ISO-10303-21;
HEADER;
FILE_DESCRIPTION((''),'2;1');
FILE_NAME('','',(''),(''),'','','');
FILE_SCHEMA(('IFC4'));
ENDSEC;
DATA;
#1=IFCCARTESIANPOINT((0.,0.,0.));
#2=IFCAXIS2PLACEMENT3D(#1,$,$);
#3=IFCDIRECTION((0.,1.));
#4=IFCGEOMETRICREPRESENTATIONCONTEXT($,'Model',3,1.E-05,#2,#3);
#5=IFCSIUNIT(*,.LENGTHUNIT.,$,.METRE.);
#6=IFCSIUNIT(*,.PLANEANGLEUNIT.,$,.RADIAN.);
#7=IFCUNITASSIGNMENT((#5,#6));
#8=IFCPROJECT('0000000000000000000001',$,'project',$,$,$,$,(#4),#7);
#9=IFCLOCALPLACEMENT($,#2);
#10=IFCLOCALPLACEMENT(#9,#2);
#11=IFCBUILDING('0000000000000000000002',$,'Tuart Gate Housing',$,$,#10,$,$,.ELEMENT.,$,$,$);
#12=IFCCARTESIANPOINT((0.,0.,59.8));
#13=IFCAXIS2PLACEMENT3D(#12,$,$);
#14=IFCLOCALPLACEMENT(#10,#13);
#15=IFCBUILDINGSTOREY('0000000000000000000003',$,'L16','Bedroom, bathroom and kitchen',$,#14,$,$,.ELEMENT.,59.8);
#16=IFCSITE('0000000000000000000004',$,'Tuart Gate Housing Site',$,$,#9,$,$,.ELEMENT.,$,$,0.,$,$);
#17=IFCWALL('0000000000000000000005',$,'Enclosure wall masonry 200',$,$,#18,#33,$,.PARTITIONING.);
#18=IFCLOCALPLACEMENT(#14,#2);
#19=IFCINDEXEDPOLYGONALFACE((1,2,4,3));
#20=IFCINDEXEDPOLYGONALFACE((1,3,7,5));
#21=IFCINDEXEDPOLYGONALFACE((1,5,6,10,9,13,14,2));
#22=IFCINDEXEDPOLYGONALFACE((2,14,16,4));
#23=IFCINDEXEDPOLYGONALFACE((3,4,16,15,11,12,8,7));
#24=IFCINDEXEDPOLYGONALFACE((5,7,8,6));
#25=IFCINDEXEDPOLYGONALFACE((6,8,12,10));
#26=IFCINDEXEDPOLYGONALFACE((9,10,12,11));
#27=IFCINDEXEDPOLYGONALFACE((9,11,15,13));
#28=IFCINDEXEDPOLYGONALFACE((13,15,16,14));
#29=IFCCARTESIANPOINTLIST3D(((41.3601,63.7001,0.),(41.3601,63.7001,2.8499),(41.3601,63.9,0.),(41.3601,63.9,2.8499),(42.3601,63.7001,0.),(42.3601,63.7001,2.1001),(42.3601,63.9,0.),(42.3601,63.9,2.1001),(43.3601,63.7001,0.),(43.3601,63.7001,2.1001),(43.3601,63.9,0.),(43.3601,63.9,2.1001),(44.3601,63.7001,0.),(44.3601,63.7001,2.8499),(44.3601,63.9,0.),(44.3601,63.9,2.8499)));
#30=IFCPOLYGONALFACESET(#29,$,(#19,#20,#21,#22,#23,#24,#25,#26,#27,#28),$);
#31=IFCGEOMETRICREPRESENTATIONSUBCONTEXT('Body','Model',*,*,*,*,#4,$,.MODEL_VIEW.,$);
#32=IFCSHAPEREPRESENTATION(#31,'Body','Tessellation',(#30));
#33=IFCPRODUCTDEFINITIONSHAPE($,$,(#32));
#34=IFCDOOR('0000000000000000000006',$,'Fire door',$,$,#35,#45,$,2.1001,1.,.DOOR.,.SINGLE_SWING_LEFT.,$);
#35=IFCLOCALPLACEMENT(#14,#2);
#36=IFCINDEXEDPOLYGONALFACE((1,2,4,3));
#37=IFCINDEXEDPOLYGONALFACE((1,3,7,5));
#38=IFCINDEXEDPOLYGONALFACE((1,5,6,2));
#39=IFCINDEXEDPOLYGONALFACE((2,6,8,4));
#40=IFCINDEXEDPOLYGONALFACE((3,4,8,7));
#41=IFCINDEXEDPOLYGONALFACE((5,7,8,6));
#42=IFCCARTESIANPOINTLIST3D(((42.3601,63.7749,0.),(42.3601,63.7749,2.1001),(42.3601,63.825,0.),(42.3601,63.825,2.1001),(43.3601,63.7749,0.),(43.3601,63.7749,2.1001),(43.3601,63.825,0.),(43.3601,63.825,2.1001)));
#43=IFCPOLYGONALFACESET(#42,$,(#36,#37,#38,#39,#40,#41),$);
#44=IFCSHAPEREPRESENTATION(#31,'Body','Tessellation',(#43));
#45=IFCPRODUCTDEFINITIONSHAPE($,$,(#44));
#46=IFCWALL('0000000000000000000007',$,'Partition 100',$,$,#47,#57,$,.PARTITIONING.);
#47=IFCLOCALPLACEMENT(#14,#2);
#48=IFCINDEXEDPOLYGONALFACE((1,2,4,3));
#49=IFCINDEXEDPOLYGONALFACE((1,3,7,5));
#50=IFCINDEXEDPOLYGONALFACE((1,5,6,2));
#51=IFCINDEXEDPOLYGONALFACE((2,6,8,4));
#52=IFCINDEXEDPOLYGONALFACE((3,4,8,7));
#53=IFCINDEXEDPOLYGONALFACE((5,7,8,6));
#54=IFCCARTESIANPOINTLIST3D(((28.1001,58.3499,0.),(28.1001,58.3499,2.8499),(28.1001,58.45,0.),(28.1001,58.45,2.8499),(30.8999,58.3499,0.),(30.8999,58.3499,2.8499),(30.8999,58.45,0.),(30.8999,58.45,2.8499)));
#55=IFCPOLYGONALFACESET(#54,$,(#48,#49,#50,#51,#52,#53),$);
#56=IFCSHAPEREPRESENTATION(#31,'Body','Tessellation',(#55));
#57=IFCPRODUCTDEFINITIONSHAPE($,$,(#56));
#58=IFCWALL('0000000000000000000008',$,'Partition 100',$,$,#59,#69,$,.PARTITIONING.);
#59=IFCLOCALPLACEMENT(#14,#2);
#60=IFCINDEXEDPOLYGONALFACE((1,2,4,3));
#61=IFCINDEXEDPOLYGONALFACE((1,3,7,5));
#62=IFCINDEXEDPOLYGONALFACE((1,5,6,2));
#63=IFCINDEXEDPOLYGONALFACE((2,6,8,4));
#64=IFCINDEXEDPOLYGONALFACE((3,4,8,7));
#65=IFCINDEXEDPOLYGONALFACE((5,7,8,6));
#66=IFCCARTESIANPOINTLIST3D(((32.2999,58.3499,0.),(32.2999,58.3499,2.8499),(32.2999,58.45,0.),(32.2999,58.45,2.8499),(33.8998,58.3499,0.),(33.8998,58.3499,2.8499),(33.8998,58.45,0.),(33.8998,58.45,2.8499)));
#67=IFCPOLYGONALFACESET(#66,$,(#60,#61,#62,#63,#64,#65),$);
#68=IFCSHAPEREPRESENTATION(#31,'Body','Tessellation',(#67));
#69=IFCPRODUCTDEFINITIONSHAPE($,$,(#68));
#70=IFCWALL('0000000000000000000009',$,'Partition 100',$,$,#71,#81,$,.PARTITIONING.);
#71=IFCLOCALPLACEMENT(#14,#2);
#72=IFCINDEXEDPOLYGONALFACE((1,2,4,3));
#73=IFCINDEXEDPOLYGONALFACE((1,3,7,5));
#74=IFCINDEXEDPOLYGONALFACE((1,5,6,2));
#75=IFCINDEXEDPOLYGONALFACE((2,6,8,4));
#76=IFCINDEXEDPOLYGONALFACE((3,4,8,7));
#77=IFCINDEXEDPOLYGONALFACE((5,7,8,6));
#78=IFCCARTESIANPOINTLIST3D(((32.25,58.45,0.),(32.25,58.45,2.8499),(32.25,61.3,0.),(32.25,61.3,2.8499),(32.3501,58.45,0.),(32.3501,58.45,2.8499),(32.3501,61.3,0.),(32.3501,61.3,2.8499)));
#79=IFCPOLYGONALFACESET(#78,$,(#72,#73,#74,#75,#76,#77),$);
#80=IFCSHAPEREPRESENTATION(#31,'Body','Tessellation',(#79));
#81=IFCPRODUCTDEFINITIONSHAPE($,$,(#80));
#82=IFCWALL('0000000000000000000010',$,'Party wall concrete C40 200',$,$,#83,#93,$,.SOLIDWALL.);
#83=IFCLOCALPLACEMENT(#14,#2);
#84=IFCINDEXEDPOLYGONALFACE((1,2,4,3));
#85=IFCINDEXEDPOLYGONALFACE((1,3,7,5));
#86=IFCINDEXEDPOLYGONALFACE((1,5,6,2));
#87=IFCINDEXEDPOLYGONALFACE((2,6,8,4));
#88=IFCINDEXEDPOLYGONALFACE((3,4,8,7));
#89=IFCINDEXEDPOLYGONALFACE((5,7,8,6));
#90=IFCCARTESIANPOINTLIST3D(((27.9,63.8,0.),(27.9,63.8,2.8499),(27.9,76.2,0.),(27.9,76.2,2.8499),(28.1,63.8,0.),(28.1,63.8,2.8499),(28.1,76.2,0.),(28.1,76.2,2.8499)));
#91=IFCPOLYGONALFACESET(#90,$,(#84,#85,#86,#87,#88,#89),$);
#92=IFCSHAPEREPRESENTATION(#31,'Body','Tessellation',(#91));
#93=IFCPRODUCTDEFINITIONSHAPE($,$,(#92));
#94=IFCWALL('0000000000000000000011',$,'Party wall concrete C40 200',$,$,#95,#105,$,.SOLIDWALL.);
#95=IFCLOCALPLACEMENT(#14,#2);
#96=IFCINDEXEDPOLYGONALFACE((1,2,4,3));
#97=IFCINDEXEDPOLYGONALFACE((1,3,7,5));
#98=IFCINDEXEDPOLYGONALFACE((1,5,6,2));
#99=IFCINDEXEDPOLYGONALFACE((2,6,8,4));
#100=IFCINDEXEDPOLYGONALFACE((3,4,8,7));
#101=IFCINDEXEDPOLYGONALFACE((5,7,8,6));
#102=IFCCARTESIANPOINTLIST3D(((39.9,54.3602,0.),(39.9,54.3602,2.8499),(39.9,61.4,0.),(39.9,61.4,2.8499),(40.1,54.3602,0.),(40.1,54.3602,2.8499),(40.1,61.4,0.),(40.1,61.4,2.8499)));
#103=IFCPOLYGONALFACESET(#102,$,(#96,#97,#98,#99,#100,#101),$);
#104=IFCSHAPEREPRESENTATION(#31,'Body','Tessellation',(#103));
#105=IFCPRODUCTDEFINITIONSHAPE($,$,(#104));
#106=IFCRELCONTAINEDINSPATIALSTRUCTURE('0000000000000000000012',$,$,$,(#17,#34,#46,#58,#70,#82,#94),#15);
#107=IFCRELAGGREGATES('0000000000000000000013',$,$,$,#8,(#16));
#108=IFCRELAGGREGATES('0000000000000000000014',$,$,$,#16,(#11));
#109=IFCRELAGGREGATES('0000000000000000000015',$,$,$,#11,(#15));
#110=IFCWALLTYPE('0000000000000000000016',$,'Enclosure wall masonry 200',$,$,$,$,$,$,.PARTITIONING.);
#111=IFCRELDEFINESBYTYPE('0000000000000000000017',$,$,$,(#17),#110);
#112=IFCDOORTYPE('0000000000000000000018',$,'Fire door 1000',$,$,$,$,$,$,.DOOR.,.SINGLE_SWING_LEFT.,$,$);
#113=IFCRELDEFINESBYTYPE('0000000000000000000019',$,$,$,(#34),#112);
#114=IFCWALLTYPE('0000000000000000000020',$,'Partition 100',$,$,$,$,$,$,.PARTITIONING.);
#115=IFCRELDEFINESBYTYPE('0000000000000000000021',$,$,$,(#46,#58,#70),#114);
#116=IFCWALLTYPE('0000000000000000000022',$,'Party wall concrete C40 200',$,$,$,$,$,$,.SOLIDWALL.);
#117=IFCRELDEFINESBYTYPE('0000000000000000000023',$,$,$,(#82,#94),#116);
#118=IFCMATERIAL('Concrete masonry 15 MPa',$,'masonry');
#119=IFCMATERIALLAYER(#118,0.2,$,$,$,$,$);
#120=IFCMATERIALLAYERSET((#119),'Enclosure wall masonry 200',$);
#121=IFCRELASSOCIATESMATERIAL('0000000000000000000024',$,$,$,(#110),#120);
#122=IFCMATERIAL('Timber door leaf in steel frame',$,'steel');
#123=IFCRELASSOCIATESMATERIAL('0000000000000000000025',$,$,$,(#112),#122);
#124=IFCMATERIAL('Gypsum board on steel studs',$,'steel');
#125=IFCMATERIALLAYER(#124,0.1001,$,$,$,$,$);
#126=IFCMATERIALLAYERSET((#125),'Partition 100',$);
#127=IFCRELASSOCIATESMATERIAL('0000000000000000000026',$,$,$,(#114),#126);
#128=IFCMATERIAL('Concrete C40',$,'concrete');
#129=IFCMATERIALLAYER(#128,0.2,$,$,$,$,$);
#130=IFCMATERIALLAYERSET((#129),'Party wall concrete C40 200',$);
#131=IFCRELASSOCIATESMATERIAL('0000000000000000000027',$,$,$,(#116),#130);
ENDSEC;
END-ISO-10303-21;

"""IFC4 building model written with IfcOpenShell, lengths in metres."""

from ifc_helpers import new_model, si_unit, direction, frame, frame_2d, origin, place, context, subcontext, project, spatial, rectangle, extrude, material, layer, layer_set, type_object, element, fill, save


model = new_model("IFC4")

# Units and contexts
model_context = context("Model", 3, precision=1e-05, world=origin(), true_north=direction((0.0, 1.0)))
body_context = subcontext(model_context, "Body", "Model", "MODEL_VIEW")
ifc_project = project(units=[si_unit("LENGTHUNIT", "METRE"), si_unit("PLANEANGLEUNIT", "RADIAN")], contexts=[model_context])

# Site, building, storey
site_placement = place(None, origin())
site = spatial("IfcSite", under=ifc_project, at=site_placement, Name="Tuart Gate Housing Site", CompositionType="ELEMENT", RefElevation=0.0)
building_placement = place(site_placement, origin())
building = spatial("IfcBuilding", under=site, at=building_placement, Name="Tuart Gate Housing", CompositionType="ELEMENT")
storey_placement = place(building_placement, frame((0.0, 0.0, 59.8)))
storey = spatial("IfcBuildingStorey", under=building, at=storey_placement, Name="L16", Description="Bedroom, bathroom and kitchen", CompositionType="ELEMENT", Elevation=59.8)

# Wall, opening, door
ifc_material_1 = material(Name="Concrete masonry 15 MPa", Category="masonry")
ifc_layer_1 = layer(ifc_material_1, 0.2)
ifc_layer_set_1 = layer_set([ifc_layer_1], Name="Enclosure wall masonry 200")
wall_type_1 = type_object("IfcWallType", Name="Enclosure wall masonry 200", PredefinedType="PARTITIONING", material=ifc_layer_set_1)
wall_1_placement = place(storey_placement, frame((41.3601, 63.8, 0.0), z_axis=(0.0, 0.0, 1.0), x_axis=(1.0, 0.0, 0.0)))
wall_1 = element("IfcWall", 1, at=wall_1_placement, inside=storey, type_object=wall_type_1, Name="Enclosure wall masonry 200", PredefinedType="PARTITIONING", context=body_context, shape_type="SweptSolid", body=[
    extrude(rectangle(XDim=3.0, YDim=0.2, at=frame_2d((1.5, 0.0))), origin(), (0.0, 0.0, 1.0), 2.8499),
])
opening_1_placement = place(wall_1_placement, frame((1.0, 0.0, 0.0)))
opening_1 = element("IfcOpeningElement", 2, at=opening_1_placement, cuts=wall_1, PredefinedType="OPENING", context=body_context, shape_type="SweptSolid", body=[
    extrude(rectangle(XDim=1.0, YDim=2.1001, at=frame_2d((0.5, 1.05))), frame((0.0, 0.1099, 0.0), z_axis=(0.0, -1.0, 0.0), x_axis=(1.0, 0.0, 0.0)), (0.0, 0.0, 1.0), 0.22),
])
ifc_material_2 = material(Name="Timber door leaf in steel frame", Category="steel")
door_type_1 = type_object("IfcDoorType", Name="Fire door 1000", OperationType="SINGLE_SWING_LEFT", PredefinedType="DOOR", material=ifc_material_2)
door_1_placement = place(opening_1_placement, frame((1.0, 0.0, 0.0), z_axis=(0.0, 0.0, 1.0), x_axis=(-1.0, 0.0, 0.0)))
door_1 = element("IfcDoor", 3, at=door_1_placement, inside=storey, type_object=door_type_1, Name="Fire door", OperationType="SINGLE_SWING_LEFT", OverallHeight=2.1001, OverallWidth=1.0, PredefinedType="DOOR", context=body_context, shape_type="SweptSolid", body=[
    extrude(rectangle(XDim=1.0, YDim=2.1001, at=frame_2d((0.5, 1.05))), frame((0.0, 0.0251, 0.0), z_axis=(0.0, -1.0, 0.0), x_axis=(1.0, 0.0, 0.0)), (0.0, 0.0, 1.0), 0.05),
])
fill(opening_1, door_1)

# Walls
ifc_material_3 = material(Name="Gypsum board on steel studs", Category="steel")
ifc_layer_2 = layer(ifc_material_3, 0.1001)
ifc_layer_set_2 = layer_set([ifc_layer_2], Name="Partition 100")
wall_type_2 = type_object("IfcWallType", Name="Partition 100", PredefinedType="PARTITIONING", material=ifc_layer_set_2)
wall_2_placement = place(storey_placement, frame((28.1001, 58.3999, 0.0), z_axis=(0.0, 0.0, 1.0), x_axis=(1.0, 0.0, 0.0)))
element("IfcWall", 4, at=wall_2_placement, inside=storey, type_object=wall_type_2, Name="Partition 100", PredefinedType="PARTITIONING", context=body_context, shape_type="SweptSolid", body=[
    extrude(rectangle(XDim=2.7998, YDim=0.1001, at=frame_2d((1.3999, 0.0))), origin(), (0.0, 0.0, 1.0), 2.8499),
])
wall_3_placement = place(storey_placement, frame((32.3, 58.3999, 0.0), z_axis=(0.0, 0.0, 1.0), x_axis=(1.0, 0.0, 0.0)))
element("IfcWall", 5, at=wall_3_placement, inside=storey, type_object=wall_type_2, Name="Partition 100", PredefinedType="PARTITIONING", context=body_context, shape_type="SweptSolid", body=[
    extrude(rectangle(XDim=1.5999, YDim=0.1001, at=frame_2d((0.7998, 0.0))), origin(), (0.0, 0.0, 1.0), 2.8499),
])
wall_4_placement = place(storey_placement, frame((32.3, 58.45, 0.0), z_axis=(0.0, 0.0, 1.0), x_axis=(0.0, 1.0, 0.0)))
element("IfcWall", 6, at=wall_4_placement, inside=storey, type_object=wall_type_2, Name="Partition 100", PredefinedType="PARTITIONING", context=body_context, shape_type="SweptSolid", body=[
    extrude(rectangle(XDim=2.8501, YDim=0.1001, at=frame_2d((1.425, 0.0))), origin(), (0.0, 0.0, 1.0), 2.8499),
])
ifc_material_4 = material(Name="Concrete C40", Category="concrete")
ifc_layer_3 = layer(ifc_material_4, 0.2)
ifc_layer_set_3 = layer_set([ifc_layer_3], Name="Party wall concrete C40 200")
wall_type_3 = type_object("IfcWallType", Name="Party wall concrete C40 200", PredefinedType="SOLIDWALL", material=ifc_layer_set_3)
wall_5_placement = place(storey_placement, frame((28.0, 63.8, 0.0), z_axis=(0.0, 0.0, 1.0), x_axis=(0.0, 1.0, 0.0)))
element("IfcWall", 7, at=wall_5_placement, inside=storey, type_object=wall_type_3, Name="Party wall concrete C40 200", PredefinedType="SOLIDWALL", context=body_context, shape_type="SweptSolid", body=[
    extrude(rectangle(XDim=12.3999, YDim=0.2, at=frame_2d((6.2, 0.0))), origin(), (0.0, 0.0, 1.0), 2.8499),
])
wall_6_placement = place(storey_placement, frame((40.0, 54.3601, 0.0), z_axis=(0.0, 0.0, 1.0), x_axis=(0.0, 1.0, 0.0)))
element("IfcWall", 8, at=wall_6_placement, inside=storey, type_object=wall_type_3, Name="Party wall concrete C40 200", PredefinedType="SOLIDWALL", context=body_context, shape_type="SweptSolid", body=[
    extrude(rectangle(XDim=7.0398, YDim=0.2, at=frame_2d((3.52, 0.0))), origin(), (0.0, 0.0, 1.0), 2.8499),
])

save(model, "model.ifc")
